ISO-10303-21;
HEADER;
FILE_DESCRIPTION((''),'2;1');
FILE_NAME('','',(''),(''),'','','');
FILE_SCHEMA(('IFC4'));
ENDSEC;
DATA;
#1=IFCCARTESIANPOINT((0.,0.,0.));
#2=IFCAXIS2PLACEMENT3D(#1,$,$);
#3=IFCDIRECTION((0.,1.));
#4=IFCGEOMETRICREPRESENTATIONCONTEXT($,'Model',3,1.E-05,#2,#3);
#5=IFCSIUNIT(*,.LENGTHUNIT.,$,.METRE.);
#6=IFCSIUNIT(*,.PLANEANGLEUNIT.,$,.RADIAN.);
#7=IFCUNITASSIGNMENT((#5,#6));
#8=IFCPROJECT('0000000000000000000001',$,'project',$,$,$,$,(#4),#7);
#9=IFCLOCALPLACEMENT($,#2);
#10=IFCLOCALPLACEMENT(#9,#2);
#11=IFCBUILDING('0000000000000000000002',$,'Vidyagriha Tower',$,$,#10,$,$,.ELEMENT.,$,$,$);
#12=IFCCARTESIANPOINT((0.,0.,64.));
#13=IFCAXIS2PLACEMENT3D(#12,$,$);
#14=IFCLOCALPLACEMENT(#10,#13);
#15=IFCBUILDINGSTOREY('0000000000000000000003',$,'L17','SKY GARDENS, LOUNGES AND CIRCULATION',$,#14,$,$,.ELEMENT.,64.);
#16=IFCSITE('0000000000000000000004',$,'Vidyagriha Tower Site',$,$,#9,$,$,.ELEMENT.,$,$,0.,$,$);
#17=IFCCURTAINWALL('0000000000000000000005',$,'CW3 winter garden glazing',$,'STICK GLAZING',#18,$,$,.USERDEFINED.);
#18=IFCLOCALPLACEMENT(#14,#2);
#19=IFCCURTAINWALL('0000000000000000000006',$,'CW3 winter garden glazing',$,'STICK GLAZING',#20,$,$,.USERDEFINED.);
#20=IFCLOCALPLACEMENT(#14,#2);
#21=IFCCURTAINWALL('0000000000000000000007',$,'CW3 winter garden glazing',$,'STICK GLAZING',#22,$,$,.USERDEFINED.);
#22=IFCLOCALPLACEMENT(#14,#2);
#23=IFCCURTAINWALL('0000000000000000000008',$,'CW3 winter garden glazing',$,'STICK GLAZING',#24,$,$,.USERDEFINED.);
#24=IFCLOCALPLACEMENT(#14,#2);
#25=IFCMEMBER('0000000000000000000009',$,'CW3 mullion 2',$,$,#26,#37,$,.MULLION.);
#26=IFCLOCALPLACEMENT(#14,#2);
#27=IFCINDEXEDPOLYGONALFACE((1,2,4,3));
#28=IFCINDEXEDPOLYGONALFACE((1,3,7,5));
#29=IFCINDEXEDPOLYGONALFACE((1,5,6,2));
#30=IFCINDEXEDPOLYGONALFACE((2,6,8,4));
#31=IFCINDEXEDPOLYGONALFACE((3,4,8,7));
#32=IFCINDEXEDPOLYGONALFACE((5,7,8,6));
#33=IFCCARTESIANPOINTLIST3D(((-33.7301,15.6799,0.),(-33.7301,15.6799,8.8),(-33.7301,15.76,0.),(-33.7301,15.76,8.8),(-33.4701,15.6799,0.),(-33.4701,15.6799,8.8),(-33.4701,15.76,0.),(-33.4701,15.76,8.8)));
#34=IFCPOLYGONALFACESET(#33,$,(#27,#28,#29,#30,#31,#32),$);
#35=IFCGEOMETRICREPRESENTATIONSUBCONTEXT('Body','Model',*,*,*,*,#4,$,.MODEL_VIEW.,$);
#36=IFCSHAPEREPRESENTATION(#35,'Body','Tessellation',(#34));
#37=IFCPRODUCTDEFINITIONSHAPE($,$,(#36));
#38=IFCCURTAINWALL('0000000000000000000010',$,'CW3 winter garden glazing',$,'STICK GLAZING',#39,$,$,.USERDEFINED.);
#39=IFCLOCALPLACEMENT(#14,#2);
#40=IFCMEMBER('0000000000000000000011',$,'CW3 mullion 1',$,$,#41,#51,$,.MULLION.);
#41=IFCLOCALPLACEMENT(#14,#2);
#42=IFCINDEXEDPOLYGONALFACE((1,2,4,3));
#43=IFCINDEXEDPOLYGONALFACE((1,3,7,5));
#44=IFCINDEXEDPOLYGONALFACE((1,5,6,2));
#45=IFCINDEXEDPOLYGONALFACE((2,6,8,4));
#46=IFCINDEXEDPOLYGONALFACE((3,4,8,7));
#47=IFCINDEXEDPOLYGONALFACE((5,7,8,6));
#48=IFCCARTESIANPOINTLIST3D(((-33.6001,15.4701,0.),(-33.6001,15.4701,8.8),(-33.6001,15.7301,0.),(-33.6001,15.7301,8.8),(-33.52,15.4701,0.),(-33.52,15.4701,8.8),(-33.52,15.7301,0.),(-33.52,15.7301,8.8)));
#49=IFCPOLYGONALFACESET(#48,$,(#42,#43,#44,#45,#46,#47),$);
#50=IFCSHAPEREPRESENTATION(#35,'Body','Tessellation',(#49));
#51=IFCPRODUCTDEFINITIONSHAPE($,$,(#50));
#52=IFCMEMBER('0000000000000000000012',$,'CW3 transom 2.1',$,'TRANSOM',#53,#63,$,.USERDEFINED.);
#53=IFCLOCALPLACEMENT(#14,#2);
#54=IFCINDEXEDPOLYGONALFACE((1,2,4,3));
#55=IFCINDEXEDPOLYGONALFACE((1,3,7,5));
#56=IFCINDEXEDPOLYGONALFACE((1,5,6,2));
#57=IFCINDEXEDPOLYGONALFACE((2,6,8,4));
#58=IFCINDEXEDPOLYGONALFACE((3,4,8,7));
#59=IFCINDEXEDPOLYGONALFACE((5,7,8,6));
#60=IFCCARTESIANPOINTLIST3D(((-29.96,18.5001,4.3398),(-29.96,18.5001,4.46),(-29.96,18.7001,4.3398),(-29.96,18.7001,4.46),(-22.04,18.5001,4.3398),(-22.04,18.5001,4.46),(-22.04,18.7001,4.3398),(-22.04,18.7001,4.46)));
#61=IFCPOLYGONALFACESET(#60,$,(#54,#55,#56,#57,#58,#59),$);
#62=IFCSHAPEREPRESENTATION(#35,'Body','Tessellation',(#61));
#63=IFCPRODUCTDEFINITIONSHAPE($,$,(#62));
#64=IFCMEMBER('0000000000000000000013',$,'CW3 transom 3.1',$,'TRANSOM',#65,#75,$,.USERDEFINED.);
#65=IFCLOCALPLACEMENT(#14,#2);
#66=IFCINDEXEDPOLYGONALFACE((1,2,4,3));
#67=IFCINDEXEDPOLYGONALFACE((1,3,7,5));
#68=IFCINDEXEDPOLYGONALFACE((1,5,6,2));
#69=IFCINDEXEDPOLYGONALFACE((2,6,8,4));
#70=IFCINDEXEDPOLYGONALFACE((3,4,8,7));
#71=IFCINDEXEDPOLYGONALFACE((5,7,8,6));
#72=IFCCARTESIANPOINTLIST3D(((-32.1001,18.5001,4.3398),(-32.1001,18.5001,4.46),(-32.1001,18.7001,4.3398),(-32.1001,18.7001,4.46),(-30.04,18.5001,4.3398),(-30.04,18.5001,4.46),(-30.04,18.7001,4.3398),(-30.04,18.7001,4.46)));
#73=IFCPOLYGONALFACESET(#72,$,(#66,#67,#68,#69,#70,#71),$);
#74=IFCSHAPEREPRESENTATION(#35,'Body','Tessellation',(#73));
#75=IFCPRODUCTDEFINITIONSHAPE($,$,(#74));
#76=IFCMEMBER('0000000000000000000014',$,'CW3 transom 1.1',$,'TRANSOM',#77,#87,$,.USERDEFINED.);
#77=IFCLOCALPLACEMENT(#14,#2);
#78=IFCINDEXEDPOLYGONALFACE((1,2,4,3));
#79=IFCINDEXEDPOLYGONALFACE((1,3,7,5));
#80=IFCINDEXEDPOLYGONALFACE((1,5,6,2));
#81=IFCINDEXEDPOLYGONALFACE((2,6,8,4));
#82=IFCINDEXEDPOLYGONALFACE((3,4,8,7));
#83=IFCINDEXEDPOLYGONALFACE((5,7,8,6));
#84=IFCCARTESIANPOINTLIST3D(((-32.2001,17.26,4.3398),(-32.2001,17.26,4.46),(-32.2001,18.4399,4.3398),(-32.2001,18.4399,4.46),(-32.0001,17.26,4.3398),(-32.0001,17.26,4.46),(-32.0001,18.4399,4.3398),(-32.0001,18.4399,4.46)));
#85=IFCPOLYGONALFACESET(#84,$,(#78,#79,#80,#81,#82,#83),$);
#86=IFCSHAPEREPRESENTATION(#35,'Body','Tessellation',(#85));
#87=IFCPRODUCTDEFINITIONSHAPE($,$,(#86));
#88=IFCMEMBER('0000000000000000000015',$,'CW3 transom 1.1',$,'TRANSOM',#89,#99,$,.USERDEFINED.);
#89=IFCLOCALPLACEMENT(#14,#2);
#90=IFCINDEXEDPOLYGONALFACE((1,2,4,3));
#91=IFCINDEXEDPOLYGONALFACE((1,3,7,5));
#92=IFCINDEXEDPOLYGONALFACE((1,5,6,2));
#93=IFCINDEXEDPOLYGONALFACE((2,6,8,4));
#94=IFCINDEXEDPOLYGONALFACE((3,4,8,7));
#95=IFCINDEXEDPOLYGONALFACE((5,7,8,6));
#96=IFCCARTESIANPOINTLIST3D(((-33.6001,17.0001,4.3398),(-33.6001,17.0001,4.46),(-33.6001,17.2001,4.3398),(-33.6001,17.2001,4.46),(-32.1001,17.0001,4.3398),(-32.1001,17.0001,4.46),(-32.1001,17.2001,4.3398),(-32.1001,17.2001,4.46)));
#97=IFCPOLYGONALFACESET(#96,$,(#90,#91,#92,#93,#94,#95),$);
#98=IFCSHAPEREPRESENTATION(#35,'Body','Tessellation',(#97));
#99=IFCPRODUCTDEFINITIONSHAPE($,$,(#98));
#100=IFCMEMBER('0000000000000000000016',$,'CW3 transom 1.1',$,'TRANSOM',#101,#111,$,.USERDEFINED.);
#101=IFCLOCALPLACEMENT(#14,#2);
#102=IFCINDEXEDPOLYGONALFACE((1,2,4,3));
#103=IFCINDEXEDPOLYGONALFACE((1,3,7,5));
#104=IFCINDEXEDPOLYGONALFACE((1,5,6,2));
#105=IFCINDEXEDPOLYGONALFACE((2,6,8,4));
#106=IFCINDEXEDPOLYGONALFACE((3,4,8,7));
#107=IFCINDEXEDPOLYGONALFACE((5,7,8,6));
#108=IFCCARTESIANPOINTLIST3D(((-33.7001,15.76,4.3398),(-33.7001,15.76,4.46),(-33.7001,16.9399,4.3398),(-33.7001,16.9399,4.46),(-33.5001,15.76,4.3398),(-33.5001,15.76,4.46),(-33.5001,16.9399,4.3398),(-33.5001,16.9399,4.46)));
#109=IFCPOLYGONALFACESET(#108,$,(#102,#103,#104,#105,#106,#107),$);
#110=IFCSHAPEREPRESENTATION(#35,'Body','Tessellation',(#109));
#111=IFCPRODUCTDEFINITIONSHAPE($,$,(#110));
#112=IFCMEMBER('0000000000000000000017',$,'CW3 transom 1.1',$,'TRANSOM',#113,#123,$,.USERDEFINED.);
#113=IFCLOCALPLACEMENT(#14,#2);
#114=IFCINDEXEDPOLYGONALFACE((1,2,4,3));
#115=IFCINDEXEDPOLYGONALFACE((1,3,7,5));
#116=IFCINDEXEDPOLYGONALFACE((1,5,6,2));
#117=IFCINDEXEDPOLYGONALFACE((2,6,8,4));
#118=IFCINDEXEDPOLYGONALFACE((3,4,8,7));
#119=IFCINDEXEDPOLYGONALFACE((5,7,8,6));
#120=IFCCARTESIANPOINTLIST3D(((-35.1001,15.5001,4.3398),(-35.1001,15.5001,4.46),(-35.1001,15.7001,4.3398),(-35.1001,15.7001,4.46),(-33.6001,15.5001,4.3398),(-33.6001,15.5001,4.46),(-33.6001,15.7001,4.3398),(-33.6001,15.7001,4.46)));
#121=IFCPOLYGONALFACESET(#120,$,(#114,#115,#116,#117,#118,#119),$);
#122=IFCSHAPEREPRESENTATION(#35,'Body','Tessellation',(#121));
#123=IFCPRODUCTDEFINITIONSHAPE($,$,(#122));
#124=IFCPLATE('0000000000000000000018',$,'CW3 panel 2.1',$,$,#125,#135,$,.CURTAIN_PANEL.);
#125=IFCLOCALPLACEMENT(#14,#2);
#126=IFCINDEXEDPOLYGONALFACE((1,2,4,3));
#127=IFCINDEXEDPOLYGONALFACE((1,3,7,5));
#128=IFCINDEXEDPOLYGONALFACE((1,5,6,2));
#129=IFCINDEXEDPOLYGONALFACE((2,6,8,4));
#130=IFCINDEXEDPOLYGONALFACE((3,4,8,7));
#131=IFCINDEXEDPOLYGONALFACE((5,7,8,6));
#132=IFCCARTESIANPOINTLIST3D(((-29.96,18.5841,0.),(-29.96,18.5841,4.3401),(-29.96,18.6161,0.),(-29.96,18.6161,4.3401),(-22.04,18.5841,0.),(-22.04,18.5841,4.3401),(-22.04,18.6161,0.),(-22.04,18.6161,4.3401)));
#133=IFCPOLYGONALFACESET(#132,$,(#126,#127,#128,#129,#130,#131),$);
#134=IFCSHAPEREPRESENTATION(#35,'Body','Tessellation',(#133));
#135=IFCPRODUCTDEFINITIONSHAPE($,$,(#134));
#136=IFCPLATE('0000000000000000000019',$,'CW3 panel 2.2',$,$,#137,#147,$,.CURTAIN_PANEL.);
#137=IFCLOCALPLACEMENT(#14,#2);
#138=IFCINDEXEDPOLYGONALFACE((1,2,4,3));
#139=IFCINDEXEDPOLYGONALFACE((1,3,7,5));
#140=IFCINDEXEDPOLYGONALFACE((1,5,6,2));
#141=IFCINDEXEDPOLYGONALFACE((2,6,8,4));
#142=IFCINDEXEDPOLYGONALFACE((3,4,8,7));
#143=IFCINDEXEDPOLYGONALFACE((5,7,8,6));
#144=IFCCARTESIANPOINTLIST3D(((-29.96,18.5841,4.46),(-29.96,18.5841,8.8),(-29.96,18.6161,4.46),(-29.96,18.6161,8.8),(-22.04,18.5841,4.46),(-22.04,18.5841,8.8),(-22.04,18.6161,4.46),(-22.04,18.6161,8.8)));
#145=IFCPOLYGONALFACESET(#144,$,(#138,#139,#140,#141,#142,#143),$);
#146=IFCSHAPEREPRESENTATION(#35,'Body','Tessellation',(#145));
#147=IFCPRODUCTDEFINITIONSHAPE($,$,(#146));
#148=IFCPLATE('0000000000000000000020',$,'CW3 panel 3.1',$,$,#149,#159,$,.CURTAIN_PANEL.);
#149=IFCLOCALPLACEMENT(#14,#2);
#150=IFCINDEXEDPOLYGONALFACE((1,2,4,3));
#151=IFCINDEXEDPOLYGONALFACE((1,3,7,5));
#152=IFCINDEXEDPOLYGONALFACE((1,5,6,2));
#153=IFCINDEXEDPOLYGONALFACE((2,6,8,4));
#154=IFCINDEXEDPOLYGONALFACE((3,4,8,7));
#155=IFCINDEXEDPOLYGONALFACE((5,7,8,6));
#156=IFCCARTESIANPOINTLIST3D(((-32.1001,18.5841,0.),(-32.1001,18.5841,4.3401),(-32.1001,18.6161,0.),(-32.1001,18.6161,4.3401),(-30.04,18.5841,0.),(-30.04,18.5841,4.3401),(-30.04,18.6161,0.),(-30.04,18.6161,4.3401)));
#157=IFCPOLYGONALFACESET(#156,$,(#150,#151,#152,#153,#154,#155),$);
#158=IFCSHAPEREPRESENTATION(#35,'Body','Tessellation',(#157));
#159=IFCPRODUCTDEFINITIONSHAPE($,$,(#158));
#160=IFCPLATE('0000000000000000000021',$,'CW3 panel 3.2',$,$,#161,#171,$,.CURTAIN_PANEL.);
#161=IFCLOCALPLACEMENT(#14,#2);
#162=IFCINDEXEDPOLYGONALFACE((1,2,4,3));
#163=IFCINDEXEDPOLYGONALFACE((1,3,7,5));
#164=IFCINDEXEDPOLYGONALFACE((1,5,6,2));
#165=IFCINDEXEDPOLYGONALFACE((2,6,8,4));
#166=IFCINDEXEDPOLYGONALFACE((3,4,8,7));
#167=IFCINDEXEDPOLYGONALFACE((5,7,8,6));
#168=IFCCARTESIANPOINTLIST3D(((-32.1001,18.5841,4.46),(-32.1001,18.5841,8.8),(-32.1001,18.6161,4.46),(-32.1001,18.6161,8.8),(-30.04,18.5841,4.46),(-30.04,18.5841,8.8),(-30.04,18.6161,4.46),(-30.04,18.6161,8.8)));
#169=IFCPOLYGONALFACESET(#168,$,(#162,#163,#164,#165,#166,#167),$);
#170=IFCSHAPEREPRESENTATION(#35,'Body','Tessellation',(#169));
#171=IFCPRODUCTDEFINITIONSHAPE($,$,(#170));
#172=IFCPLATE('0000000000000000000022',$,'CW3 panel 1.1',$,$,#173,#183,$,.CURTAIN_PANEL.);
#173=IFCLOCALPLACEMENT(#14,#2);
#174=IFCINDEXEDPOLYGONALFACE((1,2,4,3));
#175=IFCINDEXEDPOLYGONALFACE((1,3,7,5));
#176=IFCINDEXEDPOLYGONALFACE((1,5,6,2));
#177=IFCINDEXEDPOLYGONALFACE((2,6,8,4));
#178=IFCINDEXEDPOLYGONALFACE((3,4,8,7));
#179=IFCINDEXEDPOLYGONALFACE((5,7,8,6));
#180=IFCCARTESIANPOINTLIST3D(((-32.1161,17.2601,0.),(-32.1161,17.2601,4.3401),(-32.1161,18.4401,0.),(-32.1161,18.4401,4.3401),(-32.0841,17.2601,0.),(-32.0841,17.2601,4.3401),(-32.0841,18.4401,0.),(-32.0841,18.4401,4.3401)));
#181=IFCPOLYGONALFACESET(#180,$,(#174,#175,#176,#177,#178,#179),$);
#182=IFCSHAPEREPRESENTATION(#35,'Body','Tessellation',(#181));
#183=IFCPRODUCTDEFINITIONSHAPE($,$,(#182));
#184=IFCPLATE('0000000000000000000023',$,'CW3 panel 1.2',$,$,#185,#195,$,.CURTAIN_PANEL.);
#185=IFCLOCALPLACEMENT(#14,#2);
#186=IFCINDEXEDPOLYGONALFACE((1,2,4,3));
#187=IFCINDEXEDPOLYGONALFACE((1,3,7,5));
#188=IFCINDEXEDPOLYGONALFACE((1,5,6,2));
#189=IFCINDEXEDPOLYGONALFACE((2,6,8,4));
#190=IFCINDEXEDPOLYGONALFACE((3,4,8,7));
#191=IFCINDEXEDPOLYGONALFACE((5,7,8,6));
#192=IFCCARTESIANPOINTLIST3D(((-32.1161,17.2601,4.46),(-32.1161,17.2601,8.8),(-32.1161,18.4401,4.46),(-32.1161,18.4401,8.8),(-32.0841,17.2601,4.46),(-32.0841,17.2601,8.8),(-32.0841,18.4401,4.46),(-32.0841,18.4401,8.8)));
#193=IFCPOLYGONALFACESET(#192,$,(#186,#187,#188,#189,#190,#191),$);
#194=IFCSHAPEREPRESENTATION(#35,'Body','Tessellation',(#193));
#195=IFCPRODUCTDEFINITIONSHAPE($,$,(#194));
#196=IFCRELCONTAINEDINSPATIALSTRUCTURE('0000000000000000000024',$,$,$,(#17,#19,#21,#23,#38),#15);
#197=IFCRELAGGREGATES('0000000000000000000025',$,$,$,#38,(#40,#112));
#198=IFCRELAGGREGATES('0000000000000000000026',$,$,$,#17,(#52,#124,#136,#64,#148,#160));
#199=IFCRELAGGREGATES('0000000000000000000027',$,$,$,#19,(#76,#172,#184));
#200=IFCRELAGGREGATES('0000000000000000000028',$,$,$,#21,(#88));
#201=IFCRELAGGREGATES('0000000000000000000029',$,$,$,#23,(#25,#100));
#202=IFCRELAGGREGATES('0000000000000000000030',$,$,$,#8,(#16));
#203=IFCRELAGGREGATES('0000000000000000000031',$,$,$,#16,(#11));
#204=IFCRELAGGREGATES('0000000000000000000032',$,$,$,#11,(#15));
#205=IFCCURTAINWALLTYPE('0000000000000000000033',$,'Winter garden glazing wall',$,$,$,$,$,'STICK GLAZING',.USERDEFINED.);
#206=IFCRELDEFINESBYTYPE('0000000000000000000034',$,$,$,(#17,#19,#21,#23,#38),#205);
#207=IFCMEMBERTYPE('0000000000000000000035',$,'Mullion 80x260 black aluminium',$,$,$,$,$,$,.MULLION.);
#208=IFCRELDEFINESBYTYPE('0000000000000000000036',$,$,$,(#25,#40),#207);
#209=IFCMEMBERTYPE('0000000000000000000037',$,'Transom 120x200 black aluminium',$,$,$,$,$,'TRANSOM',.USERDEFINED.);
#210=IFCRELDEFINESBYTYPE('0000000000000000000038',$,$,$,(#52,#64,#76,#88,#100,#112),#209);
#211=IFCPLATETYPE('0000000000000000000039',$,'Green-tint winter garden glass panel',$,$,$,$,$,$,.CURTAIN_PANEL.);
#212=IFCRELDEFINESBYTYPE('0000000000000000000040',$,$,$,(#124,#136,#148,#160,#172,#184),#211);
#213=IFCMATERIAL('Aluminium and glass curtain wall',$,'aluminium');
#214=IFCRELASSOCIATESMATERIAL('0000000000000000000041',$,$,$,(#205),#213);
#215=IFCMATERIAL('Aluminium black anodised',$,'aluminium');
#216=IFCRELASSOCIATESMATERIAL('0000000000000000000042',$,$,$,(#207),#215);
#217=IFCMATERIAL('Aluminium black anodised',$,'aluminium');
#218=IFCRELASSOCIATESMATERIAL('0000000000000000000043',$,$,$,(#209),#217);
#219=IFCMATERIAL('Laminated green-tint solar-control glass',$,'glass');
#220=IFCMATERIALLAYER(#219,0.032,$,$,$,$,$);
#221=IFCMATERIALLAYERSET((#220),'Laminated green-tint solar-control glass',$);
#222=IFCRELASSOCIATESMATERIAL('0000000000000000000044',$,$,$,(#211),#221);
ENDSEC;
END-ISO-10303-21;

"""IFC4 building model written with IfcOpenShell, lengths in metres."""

from ifc_helpers import new_model, si_unit, direction, frame, origin, origin_2d, place, context, subcontext, project, spatial, rectangle, extrude, material, layer, layer_set, material_profile, profile_set, type_object, element, aggregate, save


model = new_model("IFC4")

# Units and contexts
model_context = context("Model", 3, precision=1e-05, world=origin(), true_north=direction((0.0, 1.0)))
body_context = subcontext(model_context, "Body", "Model", "MODEL_VIEW")
ifc_project = project(units=[si_unit("LENGTHUNIT", "METRE"), si_unit("PLANEANGLEUNIT", "RADIAN")], contexts=[model_context])

# Site, building, storey
site_placement = place(None, origin())
site = spatial("IfcSite", under=ifc_project, at=site_placement, Name="Vidyagriha Tower Site", CompositionType="ELEMENT", RefElevation=0.0)
building_placement = place(site_placement, origin())
building = spatial("IfcBuilding", under=site, at=building_placement, Name="Vidyagriha Tower", CompositionType="ELEMENT")
storey_placement = place(building_placement, frame((0.0, 0.0, 64.0)))
storey = spatial("IfcBuildingStorey", under=building, at=storey_placement, Name="L17", Description="SKY GARDENS, LOUNGES AND CIRCULATION", CompositionType="ELEMENT", Elevation=64.0)

# Curtain walls
ifc_material_1 = material(Name="Aluminium and glass curtain wall", Category="aluminium")
curtain_wall_type = type_object("IfcCurtainWallType", Name="Winter garden glazing wall", ElementType="STICK GLAZING", PredefinedType="USERDEFINED", material=ifc_material_1)
curtain_wall_1_placement = place(storey_placement, origin())
curtain_wall_1 = element("IfcCurtainWall", 1, at=curtain_wall_1_placement, inside=storey, type_object=curtain_wall_type, Name="CW3 winter garden glazing", ObjectType="STICK GLAZING", PredefinedType="USERDEFINED")
ifc_material_2 = material(Name="Aluminium black anodised", Category="aluminium")
ifc_material_profile_1 = material_profile(ifc_material_2, rectangle(XDim=0.26, YDim=0.0801, at=origin_2d()), Name="Mullion 80x260 black aluminium")
ifc_profile_set_1 = profile_set([ifc_material_profile_1], Name="Aluminium black anodised")
member_type_1 = type_object("IfcMemberType", Name="Mullion 80x260 black aluminium", PredefinedType="MULLION", material=ifc_profile_set_1)
curtain_wall_2_placement = place(storey_placement, origin())
curtain_wall_2 = element("IfcCurtainWall", 2, at=curtain_wall_2_placement, inside=storey, type_object=curtain_wall_type, Name="CW3 winter garden glazing", ObjectType="STICK GLAZING", PredefinedType="USERDEFINED")

# Curtain wall
curtain_wall_3_placement = place(storey_placement, origin())
curtain_wall_3 = element("IfcCurtainWall", 3, at=curtain_wall_3_placement, inside=storey, type_object=curtain_wall_type, Name="CW3 winter garden glazing", ObjectType="STICK GLAZING", PredefinedType="USERDEFINED")

# Curtain wall, member
curtain_wall_4_placement = place(storey_placement, origin())
curtain_wall_4 = element("IfcCurtainWall", 4, at=curtain_wall_4_placement, inside=storey, type_object=curtain_wall_type, Name="CW3 winter garden glazing", ObjectType="STICK GLAZING", PredefinedType="USERDEFINED")
member_1_placement = place(storey_placement, frame((-33.6001, 15.72, 0.0)))
member_1 = element("IfcMember", 5, at=member_1_placement, type_object=member_type_1, Name="CW3 mullion 2", PredefinedType="MULLION", context=body_context, shape_type="SweptSolid", body=[
    extrude(rectangle(XDim=0.26, YDim=0.0801, at=origin_2d()), origin(), (0.0, 0.0, 1.0), 8.8),
])

# Curtain wall, member
curtain_wall_5_placement = place(storey_placement, origin())
curtain_wall_5 = element("IfcCurtainWall", 6, at=curtain_wall_5_placement, inside=storey, type_object=curtain_wall_type, Name="CW3 winter garden glazing", ObjectType="STICK GLAZING", PredefinedType="USERDEFINED")
member_2_placement = place(storey_placement, frame((-33.5601, 15.6001, 0.0), z_axis=(0.0, 0.0, 1.0), x_axis=(0.0, -1.0, 0.0)))
member_2 = element("IfcMember", 7, at=member_2_placement, type_object=member_type_1, Name="CW3 mullion 1", PredefinedType="MULLION", context=body_context, shape_type="SweptSolid", body=[
    extrude(rectangle(XDim=0.26, YDim=0.0801, at=origin_2d()), origin(), (0.0, 0.0, 1.0), 8.8),
])

# Members
ifc_material_3 = material(Name="Aluminium black anodised", Category="aluminium")
ifc_material_profile_2 = material_profile(ifc_material_3, rectangle(XDim=0.2, YDim=0.1201, at=origin_2d()), Name="Transom 120x200 black aluminium")
ifc_profile_set_2 = profile_set([ifc_material_profile_2], Name="Aluminium black anodised")
member_type_2 = type_object("IfcMemberType", Name="Transom 120x200 black aluminium", ElementType="TRANSOM", PredefinedType="USERDEFINED", material=ifc_profile_set_2)
member_3_placement = place(storey_placement, frame((-22.04, 18.6001, 4.3999), z_axis=(-1.0, 0.0, 0.0), x_axis=(0.0, -1.0, 0.0)))
member_3 = element("IfcMember", 8, at=member_3_placement, type_object=member_type_2, Name="CW3 transom 2.1", ObjectType="TRANSOM", PredefinedType="USERDEFINED", context=body_context, shape_type="SweptSolid", body=[
    extrude(rectangle(XDim=0.2, YDim=0.1201, at=origin_2d()), origin(), (0.0, 0.0, 1.0), 7.9199),
])
member_4_placement = place(storey_placement, frame((-30.04, 18.6001, 4.3999), z_axis=(-1.0, 0.0, 0.0), x_axis=(0.0, -1.0, 0.0)))
member_4 = element("IfcMember", 9, at=member_4_placement, type_object=member_type_2, Name="CW3 transom 3.1", ObjectType="TRANSOM", PredefinedType="USERDEFINED", context=body_context, shape_type="SweptSolid", body=[
    extrude(rectangle(XDim=0.2, YDim=0.1201, at=origin_2d()), origin(), (0.0, 0.0, 1.0), 2.0601),
])
member_5_placement = place(storey_placement, frame((-32.1001, 18.4399, 4.3999), z_axis=(0.0, -1.0, 0.0), x_axis=(1.0, 0.0, 0.0)))
member_5 = element("IfcMember", 10, at=member_5_placement, type_object=member_type_2, Name="CW3 transom 1.1", ObjectType="TRANSOM", PredefinedType="USERDEFINED", context=body_context, shape_type="SweptSolid", body=[
    extrude(rectangle(XDim=0.2, YDim=0.1201, at=origin_2d()), origin(), (0.0, 0.0, 1.0), 1.1799),
])
member_6_placement = place(storey_placement, frame((-32.1001, 17.1001, 4.3999), z_axis=(-1.0, 0.0, 0.0), x_axis=(0.0, -1.0, 0.0)))
member_6 = element("IfcMember", 11, at=member_6_placement, type_object=member_type_2, Name="CW3 transom 1.1", ObjectType="TRANSOM", PredefinedType="USERDEFINED", context=body_context, shape_type="SweptSolid", body=[
    extrude(rectangle(XDim=0.2, YDim=0.1201, at=origin_2d()), origin(), (0.0, 0.0, 1.0), 1.5),
])
member_7_placement = place(storey_placement, frame((-33.6001, 16.9399, 4.3999), z_axis=(0.0, -1.0, 0.0), x_axis=(1.0, 0.0, 0.0)))
member_7 = element("IfcMember", 12, at=member_7_placement, type_object=member_type_2, Name="CW3 transom 1.1", ObjectType="TRANSOM", PredefinedType="USERDEFINED", context=body_context, shape_type="SweptSolid", body=[
    extrude(rectangle(XDim=0.2, YDim=0.1201, at=origin_2d()), origin(), (0.0, 0.0, 1.0), 1.1799),
])
member_8_placement = place(storey_placement, frame((-33.6001, 15.6001, 4.3999), z_axis=(-1.0, 0.0, 0.0), x_axis=(0.0, -1.0, 0.0)))
member_8 = element("IfcMember", 13, at=member_8_placement, type_object=member_type_2, Name="CW3 transom 1.1", ObjectType="TRANSOM", PredefinedType="USERDEFINED", context=body_context, shape_type="SweptSolid", body=[
    extrude(rectangle(XDim=0.2, YDim=0.1201, at=origin_2d()), origin(), (0.0, 0.0, 1.0), 1.5),
])
aggregate(curtain_wall_5, [member_2, member_8])

# Plates
ifc_material_4 = material(Name="Laminated green-tint solar-control glass", Category="glass")
ifc_layer_1 = layer(ifc_material_4, 0.032)
ifc_layer_set_1 = layer_set([ifc_layer_1], Name="Laminated green-tint solar-control glass")
plate_type = type_object("IfcPlateType", Name="Green-tint winter garden glass panel", PredefinedType="CURTAIN_PANEL", material=ifc_layer_set_1)
plate_1_placement = place(storey_placement, frame((-26.0, 18.6001, 0.0), z_axis=(0.0, 0.0, 1.0), x_axis=(-1.0, 0.0, 0.0)))
plate_1 = element("IfcPlate", 14, at=plate_1_placement, type_object=plate_type, Name="CW3 panel 2.1", PredefinedType="CURTAIN_PANEL", context=body_context, shape_type="SweptSolid", body=[
    extrude(rectangle(XDim=7.9199, YDim=0.032, at=origin_2d()), origin(), (0.0, 0.0, 1.0), 4.3401),
])
plate_2_placement = place(storey_placement, frame((-26.0, 18.6001, 4.46), z_axis=(0.0, 0.0, 1.0), x_axis=(-1.0, 0.0, 0.0)))
plate_2 = element("IfcPlate", 15, at=plate_2_placement, type_object=plate_type, Name="CW3 panel 2.2", PredefinedType="CURTAIN_PANEL", context=body_context, shape_type="SweptSolid", body=[
    extrude(rectangle(XDim=7.9199, YDim=0.032, at=origin_2d()), origin(), (0.0, 0.0, 1.0), 4.3401),
])
plate_3_placement = place(storey_placement, frame((-31.0701, 18.6001, 0.0), z_axis=(0.0, 0.0, 1.0), x_axis=(-1.0, 0.0, 0.0)))
plate_3 = element("IfcPlate", 16, at=plate_3_placement, type_object=plate_type, Name="CW3 panel 3.1", PredefinedType="CURTAIN_PANEL", context=body_context, shape_type="SweptSolid", body=[
    extrude(rectangle(XDim=2.0601, YDim=0.032, at=origin_2d()), origin(), (0.0, 0.0, 1.0), 4.3401),
])
plate_4_placement = place(storey_placement, frame((-31.0701, 18.6001, 4.46), z_axis=(0.0, 0.0, 1.0), x_axis=(-1.0, 0.0, 0.0)))
plate_4 = element("IfcPlate", 17, at=plate_4_placement, type_object=plate_type, Name="CW3 panel 3.2", PredefinedType="CURTAIN_PANEL", context=body_context, shape_type="SweptSolid", body=[
    extrude(rectangle(XDim=2.0601, YDim=0.032, at=origin_2d()), origin(), (0.0, 0.0, 1.0), 4.3401),
])
aggregate(curtain_wall_1, [member_3, plate_1, plate_2, member_4, plate_3, plate_4])
plate_5_placement = place(storey_placement, frame((-32.1001, 17.8501, 0.0), z_axis=(0.0, 0.0, 1.0), x_axis=(0.0, -1.0, 0.0)))
plate_5 = element("IfcPlate", 18, at=plate_5_placement, type_object=plate_type, Name="CW3 panel 1.1", PredefinedType="CURTAIN_PANEL", context=body_context, shape_type="SweptSolid", body=[
    extrude(rectangle(XDim=1.1799, YDim=0.032, at=origin_2d()), origin(), (0.0, 0.0, 1.0), 4.3401),
])
plate_6_placement = place(storey_placement, frame((-32.1001, 17.8501, 4.46), z_axis=(0.0, 0.0, 1.0), x_axis=(0.0, -1.0, 0.0)))
plate_6 = element("IfcPlate", 19, at=plate_6_placement, type_object=plate_type, Name="CW3 panel 1.2", PredefinedType="CURTAIN_PANEL", context=body_context, shape_type="SweptSolid", body=[
    extrude(rectangle(XDim=1.1799, YDim=0.032, at=origin_2d()), origin(), (0.0, 0.0, 1.0), 4.3401),
])
aggregate(curtain_wall_2, [member_5, plate_5, plate_6])
aggregate(curtain_wall_3, [member_6])
aggregate(curtain_wall_4, [member_1, member_7])

save(model, "model.ifc")
